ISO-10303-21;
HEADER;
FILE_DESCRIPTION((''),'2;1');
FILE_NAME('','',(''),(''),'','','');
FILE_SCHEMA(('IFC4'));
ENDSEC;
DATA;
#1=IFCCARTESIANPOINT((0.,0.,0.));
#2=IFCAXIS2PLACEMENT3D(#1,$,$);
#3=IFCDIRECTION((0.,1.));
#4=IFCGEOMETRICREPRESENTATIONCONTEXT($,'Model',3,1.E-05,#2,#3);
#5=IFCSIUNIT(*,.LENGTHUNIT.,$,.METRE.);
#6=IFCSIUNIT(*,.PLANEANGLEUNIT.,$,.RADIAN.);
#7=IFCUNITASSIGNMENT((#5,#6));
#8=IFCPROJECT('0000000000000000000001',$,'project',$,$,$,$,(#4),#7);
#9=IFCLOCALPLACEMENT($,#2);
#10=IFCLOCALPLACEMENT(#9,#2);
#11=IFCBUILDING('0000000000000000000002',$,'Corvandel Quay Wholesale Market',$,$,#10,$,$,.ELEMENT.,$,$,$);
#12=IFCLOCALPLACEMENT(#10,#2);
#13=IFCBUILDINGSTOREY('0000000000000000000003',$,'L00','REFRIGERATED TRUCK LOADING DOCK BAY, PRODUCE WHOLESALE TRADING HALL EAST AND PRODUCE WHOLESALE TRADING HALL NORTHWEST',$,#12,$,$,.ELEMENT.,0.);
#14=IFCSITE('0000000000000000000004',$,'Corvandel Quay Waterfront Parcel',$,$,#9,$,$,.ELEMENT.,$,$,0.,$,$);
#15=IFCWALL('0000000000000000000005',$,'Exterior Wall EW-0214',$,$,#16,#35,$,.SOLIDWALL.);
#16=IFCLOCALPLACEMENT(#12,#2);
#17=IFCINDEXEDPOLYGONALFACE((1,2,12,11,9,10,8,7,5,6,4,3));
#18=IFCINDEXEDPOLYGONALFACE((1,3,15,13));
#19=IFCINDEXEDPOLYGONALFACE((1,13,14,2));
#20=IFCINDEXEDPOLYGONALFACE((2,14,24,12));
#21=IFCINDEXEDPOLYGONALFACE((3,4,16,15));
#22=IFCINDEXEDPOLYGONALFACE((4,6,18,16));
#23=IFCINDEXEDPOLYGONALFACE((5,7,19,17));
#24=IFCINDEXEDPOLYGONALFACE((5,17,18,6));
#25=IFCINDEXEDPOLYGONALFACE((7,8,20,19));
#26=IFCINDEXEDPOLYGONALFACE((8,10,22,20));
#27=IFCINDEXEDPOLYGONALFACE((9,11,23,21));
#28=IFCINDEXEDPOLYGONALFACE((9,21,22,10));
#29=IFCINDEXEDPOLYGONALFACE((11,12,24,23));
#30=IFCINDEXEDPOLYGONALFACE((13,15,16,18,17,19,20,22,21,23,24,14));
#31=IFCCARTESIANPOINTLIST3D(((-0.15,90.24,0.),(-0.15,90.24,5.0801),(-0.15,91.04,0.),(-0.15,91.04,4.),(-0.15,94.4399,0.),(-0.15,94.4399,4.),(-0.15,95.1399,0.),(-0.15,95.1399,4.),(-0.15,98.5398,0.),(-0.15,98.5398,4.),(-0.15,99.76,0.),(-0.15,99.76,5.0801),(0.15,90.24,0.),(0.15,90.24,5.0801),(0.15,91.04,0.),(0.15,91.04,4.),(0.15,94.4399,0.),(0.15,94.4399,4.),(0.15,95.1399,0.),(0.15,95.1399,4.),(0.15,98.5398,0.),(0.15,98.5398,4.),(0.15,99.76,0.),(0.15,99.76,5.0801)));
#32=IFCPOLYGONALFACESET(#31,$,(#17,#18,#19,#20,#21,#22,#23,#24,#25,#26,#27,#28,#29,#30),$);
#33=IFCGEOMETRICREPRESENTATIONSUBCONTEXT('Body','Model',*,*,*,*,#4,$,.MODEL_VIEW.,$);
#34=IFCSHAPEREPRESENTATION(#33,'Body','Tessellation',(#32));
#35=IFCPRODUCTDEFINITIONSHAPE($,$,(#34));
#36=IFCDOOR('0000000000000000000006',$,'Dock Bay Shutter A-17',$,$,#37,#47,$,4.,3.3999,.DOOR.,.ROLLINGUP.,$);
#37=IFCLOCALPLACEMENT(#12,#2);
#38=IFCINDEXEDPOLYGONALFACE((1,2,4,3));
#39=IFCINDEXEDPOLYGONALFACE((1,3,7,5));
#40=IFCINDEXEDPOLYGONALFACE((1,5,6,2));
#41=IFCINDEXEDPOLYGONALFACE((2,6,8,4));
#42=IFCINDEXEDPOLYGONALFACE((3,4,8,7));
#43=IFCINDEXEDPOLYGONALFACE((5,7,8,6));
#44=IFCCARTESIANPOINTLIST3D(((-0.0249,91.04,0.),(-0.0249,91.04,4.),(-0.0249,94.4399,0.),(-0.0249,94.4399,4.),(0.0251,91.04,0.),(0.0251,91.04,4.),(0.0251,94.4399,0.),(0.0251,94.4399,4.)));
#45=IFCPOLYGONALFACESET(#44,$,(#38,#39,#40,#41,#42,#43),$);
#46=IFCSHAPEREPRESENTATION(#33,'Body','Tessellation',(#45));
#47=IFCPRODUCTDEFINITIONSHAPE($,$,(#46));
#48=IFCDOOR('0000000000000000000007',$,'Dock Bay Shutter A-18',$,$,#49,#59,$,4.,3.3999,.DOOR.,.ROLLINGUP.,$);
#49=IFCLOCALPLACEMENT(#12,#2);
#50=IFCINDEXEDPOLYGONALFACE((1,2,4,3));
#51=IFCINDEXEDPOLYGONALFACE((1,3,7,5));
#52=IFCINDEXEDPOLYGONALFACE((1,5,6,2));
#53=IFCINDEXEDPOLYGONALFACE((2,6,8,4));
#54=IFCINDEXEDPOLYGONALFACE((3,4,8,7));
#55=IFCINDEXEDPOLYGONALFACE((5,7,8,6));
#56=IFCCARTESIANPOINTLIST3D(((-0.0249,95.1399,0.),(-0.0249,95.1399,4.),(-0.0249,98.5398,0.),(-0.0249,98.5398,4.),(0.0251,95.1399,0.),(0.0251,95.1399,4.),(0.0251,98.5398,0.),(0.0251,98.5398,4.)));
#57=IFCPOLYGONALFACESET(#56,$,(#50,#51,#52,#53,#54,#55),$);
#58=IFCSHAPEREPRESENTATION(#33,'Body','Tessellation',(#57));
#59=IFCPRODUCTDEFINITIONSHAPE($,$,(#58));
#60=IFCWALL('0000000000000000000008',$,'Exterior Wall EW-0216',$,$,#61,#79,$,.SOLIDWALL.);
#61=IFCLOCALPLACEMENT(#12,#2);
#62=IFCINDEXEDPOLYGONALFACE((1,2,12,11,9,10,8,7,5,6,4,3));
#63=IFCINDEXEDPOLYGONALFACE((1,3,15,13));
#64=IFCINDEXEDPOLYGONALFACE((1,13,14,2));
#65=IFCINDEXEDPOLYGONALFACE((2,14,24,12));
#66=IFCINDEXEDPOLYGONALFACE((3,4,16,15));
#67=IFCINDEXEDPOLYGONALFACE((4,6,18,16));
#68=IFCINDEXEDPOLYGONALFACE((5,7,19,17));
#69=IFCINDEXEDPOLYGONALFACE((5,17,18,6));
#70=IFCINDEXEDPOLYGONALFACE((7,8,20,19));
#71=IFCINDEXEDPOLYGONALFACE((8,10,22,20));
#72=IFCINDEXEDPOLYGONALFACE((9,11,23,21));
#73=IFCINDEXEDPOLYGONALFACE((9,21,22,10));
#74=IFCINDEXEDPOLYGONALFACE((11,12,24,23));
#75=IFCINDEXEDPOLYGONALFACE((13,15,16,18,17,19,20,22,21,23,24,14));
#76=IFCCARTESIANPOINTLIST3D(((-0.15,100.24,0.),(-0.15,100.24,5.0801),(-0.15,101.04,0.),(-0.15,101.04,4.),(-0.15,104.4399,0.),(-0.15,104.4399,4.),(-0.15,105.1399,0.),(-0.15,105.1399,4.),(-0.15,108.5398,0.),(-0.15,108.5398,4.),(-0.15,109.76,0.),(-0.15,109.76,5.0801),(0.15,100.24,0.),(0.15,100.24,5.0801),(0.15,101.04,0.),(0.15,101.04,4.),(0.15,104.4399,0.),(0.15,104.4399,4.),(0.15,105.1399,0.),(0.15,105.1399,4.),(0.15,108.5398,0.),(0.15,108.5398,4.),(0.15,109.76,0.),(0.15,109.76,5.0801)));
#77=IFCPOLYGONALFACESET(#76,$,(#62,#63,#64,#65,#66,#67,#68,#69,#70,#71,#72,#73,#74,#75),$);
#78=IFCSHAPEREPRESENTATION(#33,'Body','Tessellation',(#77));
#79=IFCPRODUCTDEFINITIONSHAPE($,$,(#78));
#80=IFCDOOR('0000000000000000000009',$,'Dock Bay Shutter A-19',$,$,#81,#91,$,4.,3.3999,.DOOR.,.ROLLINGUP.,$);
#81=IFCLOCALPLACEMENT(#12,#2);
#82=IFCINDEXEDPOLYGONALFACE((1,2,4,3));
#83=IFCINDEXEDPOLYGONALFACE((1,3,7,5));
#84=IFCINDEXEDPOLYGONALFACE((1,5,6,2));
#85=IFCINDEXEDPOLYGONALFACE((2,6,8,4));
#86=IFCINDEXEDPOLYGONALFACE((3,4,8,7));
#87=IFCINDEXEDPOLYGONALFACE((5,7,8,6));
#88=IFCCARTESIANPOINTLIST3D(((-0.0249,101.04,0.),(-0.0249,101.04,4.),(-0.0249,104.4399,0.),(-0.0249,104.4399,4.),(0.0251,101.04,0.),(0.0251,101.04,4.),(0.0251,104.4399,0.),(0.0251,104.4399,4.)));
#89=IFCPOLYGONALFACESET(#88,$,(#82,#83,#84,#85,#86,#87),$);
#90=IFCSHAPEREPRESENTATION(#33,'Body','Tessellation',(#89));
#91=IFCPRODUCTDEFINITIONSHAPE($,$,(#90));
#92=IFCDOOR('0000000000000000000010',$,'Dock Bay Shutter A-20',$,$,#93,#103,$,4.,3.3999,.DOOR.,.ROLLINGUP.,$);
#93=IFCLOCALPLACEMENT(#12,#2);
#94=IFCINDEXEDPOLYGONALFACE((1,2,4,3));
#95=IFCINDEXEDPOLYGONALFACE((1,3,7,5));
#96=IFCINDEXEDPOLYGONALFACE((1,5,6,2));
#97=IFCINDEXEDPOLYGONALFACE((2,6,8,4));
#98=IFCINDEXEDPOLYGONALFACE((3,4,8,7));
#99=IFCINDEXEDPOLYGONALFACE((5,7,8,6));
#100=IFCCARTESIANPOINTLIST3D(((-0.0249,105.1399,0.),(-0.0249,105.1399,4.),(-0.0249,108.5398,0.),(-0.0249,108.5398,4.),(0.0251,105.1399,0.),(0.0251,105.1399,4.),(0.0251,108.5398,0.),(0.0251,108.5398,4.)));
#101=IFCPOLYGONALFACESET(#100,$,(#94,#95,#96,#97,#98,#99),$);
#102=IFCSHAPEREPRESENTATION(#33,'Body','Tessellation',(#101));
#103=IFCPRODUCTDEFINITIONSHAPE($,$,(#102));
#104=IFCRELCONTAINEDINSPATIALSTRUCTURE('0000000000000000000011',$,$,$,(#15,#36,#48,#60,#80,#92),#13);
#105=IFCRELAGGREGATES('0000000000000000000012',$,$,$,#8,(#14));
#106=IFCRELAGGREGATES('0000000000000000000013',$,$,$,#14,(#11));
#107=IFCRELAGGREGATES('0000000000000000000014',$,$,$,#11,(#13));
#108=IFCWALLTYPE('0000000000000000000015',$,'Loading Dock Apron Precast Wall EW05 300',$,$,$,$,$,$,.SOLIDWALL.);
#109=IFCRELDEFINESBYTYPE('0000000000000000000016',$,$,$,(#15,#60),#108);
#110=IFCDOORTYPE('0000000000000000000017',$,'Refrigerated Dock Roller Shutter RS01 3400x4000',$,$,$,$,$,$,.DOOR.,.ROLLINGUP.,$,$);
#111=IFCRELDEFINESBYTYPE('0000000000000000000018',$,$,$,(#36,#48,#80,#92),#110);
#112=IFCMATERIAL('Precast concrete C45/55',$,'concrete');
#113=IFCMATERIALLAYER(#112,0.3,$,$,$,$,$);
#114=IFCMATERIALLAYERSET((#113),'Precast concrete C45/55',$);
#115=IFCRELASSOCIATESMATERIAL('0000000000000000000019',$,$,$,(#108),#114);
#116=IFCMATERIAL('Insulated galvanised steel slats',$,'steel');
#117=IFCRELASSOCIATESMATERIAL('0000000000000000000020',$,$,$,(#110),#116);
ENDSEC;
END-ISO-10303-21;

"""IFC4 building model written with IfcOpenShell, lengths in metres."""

from ifc_helpers import new_model, si_unit, direction, frame, frame_2d, origin, place, context, subcontext, project, spatial, rectangle, extrude, material, layer, layer_set, type_object, element, fill, save


model = new_model("IFC4")

# Units and contexts
model_context = context("Model", 3, precision=1e-05, world=origin(), true_north=direction((0.0, 1.0)))
body_context = subcontext(model_context, "Body", "Model", "MODEL_VIEW")
ifc_project = project(units=[si_unit("LENGTHUNIT", "METRE"), si_unit("PLANEANGLEUNIT", "RADIAN")], contexts=[model_context])

# Site, building, storey
site_placement = place(None, origin())
site = spatial("IfcSite", under=ifc_project, at=site_placement, Name="Corvandel Quay Waterfront Parcel", CompositionType="ELEMENT", RefElevation=0.0)
building_placement = place(site_placement, origin())
building = spatial("IfcBuilding", under=site, at=building_placement, Name="Corvandel Quay Wholesale Market", CompositionType="ELEMENT")
storey_placement = place(building_placement, origin())
storey = spatial("IfcBuildingStorey", under=building, at=storey_placement, Name="L00", Description="REFRIGERATED TRUCK LOADING DOCK BAY, PRODUCE WHOLESALE TRADING HALL EAST AND PRODUCE WHOLESALE TRADING HALL NORTHWEST", CompositionType="ELEMENT", Elevation=0.0)

# Shared definitions
ifc_material_1 = material(Name="Precast concrete C45/55", Category="concrete")

# Walls, openings, doors
ifc_layer_1 = layer(ifc_material_1, 0.3)
ifc_layer_set_1 = layer_set([ifc_layer_1], Name="Precast concrete C45/55")
wall_type = type_object("IfcWallType", Name="Loading Dock Apron Precast Wall EW05 300", PredefinedType="SOLIDWALL", material=ifc_layer_set_1)
wall_1_placement = place(storey_placement, frame((0.0, 90.24, 0.0), z_axis=(0.0, 0.0, 1.0), x_axis=(0.0, 1.0, 0.0)))
wall_1 = element("IfcWall", 1, at=wall_1_placement, inside=storey, type_object=wall_type, Name="Exterior Wall EW-0214", PredefinedType="SOLIDWALL", context=body_context, shape_type="SweptSolid", body=[
    extrude(rectangle(XDim=9.52, YDim=0.3, at=frame_2d((4.76, 0.0))), origin(), (0.0, 0.0, 1.0), 5.0801),
])
opening_1_placement = place(wall_1_placement, frame((0.8, 0.0, 0.0)))
opening_1 = element("IfcOpeningElement", 2, at=opening_1_placement, cuts=wall_1, PredefinedType="OPENING", context=body_context, shape_type="SweptSolid", body=[
    extrude(rectangle(XDim=3.3999, YDim=4.0, at=frame_2d((1.7, 2.0))), frame((0.0, 0.1599, 0.0), z_axis=(0.0, -1.0, 0.0), x_axis=(1.0, 0.0, 0.0)), (0.0, 0.0, 1.0), 0.3201),
])
opening_2_placement = place(wall_1_placement, frame((4.8999, 0.0, 0.0)))
opening_2 = element("IfcOpeningElement", 3, at=opening_2_placement, cuts=wall_1, PredefinedType="OPENING", context=body_context, shape_type="SweptSolid", body=[
    extrude(rectangle(XDim=3.3999, YDim=4.0, at=frame_2d((1.7, 2.0))), frame((0.0, 0.1599, 0.0), z_axis=(0.0, -1.0, 0.0), x_axis=(1.0, 0.0, 0.0)), (0.0, 0.0, 1.0), 0.3201),
])
ifc_material_2 = material(Name="Insulated galvanised steel slats", Category="steel")
door_type = type_object("IfcDoorType", Name="Refrigerated Dock Roller Shutter RS01 3400x4000", OperationType="ROLLINGUP", PredefinedType="DOOR", material=ifc_material_2)
door_1_placement = place(opening_1_placement, origin())
door_1 = element("IfcDoor", 4, at=door_1_placement, inside=storey, type_object=door_type, Name="Dock Bay Shutter A-17", OperationType="ROLLINGUP", OverallHeight=4.0, OverallWidth=3.3999, PredefinedType="DOOR", context=body_context, shape_type="SweptSolid", body=[
    extrude(rectangle(XDim=3.3999, YDim=4.0, at=frame_2d((1.7, 2.0))), frame((0.0, 0.0249, 0.0), z_axis=(0.0, -1.0, 0.0), x_axis=(1.0, 0.0, 0.0)), (0.0, 0.0, 1.0), 0.05),
])
fill(opening_1, door_1)
door_2_placement = place(opening_2_placement, origin())
door_2 = element("IfcDoor", 5, at=door_2_placement, inside=storey, type_object=door_type, Name="Dock Bay Shutter A-18", OperationType="ROLLINGUP", OverallHeight=4.0, OverallWidth=3.3999, PredefinedType="DOOR", context=body_context, shape_type="SweptSolid", body=[
    extrude(rectangle(XDim=3.3999, YDim=4.0, at=frame_2d((1.7, 2.0))), frame((0.0, 0.0249, 0.0), z_axis=(0.0, -1.0, 0.0), x_axis=(1.0, 0.0, 0.0)), (0.0, 0.0, 1.0), 0.05),
])
fill(opening_2, door_2)
wall_2_placement = place(storey_placement, frame((0.0, 100.24, 0.0), z_axis=(0.0, 0.0, 1.0), x_axis=(0.0, 1.0, 0.0)))
wall_2 = element("IfcWall", 6, at=wall_2_placement, inside=storey, type_object=wall_type, Name="Exterior Wall EW-0216", PredefinedType="SOLIDWALL", context=body_context, shape_type="SweptSolid", body=[
    extrude(rectangle(XDim=9.52, YDim=0.3, at=frame_2d((4.76, 0.0))), origin(), (0.0, 0.0, 1.0), 5.0801),
])
opening_3_placement = place(wall_2_placement, frame((0.8, 0.0, 0.0)))
opening_3 = element("IfcOpeningElement", 7, at=opening_3_placement, cuts=wall_2, PredefinedType="OPENING", context=body_context, shape_type="SweptSolid", body=[
    extrude(rectangle(XDim=3.3999, YDim=4.0, at=frame_2d((1.7, 2.0))), frame((0.0, 0.1599, 0.0), z_axis=(0.0, -1.0, 0.0), x_axis=(1.0, 0.0, 0.0)), (0.0, 0.0, 1.0), 0.3201),
])
opening_4_placement = place(wall_2_placement, frame((4.8999, 0.0, 0.0)))
opening_4 = element("IfcOpeningElement", 8, at=opening_4_placement, cuts=wall_2, PredefinedType="OPENING", context=body_context, shape_type="SweptSolid", body=[
    extrude(rectangle(XDim=3.3999, YDim=4.0, at=frame_2d((1.7, 2.0))), frame((0.0, 0.1599, 0.0), z_axis=(0.0, -1.0, 0.0), x_axis=(1.0, 0.0, 0.0)), (0.0, 0.0, 1.0), 0.3201),
])
door_3_placement = place(opening_3_placement, origin())
door_3 = element("IfcDoor", 9, at=door_3_placement, inside=storey, type_object=door_type, Name="Dock Bay Shutter A-19", OperationType="ROLLINGUP", OverallHeight=4.0, OverallWidth=3.3999, PredefinedType="DOOR", context=body_context, shape_type="SweptSolid", body=[
    extrude(rectangle(XDim=3.3999, YDim=4.0, at=frame_2d((1.7, 2.0))), frame((0.0, 0.0249, 0.0), z_axis=(0.0, -1.0, 0.0), x_axis=(1.0, 0.0, 0.0)), (0.0, 0.0, 1.0), 0.05),
])
fill(opening_3, door_3)
door_4_placement = place(opening_4_placement, origin())
door_4 = element("IfcDoor", 10, at=door_4_placement, inside=storey, type_object=door_type, Name="Dock Bay Shutter A-20", OperationType="ROLLINGUP", OverallHeight=4.0, OverallWidth=3.3999, PredefinedType="DOOR", context=body_context, shape_type="SweptSolid", body=[
    extrude(rectangle(XDim=3.3999, YDim=4.0, at=frame_2d((1.7, 2.0))), frame((0.0, 0.0249, 0.0), z_axis=(0.0, -1.0, 0.0), x_axis=(1.0, 0.0, 0.0)), (0.0, 0.0, 1.0), 0.05),
])
fill(opening_4, door_4)

save(model, "model.ifc")
